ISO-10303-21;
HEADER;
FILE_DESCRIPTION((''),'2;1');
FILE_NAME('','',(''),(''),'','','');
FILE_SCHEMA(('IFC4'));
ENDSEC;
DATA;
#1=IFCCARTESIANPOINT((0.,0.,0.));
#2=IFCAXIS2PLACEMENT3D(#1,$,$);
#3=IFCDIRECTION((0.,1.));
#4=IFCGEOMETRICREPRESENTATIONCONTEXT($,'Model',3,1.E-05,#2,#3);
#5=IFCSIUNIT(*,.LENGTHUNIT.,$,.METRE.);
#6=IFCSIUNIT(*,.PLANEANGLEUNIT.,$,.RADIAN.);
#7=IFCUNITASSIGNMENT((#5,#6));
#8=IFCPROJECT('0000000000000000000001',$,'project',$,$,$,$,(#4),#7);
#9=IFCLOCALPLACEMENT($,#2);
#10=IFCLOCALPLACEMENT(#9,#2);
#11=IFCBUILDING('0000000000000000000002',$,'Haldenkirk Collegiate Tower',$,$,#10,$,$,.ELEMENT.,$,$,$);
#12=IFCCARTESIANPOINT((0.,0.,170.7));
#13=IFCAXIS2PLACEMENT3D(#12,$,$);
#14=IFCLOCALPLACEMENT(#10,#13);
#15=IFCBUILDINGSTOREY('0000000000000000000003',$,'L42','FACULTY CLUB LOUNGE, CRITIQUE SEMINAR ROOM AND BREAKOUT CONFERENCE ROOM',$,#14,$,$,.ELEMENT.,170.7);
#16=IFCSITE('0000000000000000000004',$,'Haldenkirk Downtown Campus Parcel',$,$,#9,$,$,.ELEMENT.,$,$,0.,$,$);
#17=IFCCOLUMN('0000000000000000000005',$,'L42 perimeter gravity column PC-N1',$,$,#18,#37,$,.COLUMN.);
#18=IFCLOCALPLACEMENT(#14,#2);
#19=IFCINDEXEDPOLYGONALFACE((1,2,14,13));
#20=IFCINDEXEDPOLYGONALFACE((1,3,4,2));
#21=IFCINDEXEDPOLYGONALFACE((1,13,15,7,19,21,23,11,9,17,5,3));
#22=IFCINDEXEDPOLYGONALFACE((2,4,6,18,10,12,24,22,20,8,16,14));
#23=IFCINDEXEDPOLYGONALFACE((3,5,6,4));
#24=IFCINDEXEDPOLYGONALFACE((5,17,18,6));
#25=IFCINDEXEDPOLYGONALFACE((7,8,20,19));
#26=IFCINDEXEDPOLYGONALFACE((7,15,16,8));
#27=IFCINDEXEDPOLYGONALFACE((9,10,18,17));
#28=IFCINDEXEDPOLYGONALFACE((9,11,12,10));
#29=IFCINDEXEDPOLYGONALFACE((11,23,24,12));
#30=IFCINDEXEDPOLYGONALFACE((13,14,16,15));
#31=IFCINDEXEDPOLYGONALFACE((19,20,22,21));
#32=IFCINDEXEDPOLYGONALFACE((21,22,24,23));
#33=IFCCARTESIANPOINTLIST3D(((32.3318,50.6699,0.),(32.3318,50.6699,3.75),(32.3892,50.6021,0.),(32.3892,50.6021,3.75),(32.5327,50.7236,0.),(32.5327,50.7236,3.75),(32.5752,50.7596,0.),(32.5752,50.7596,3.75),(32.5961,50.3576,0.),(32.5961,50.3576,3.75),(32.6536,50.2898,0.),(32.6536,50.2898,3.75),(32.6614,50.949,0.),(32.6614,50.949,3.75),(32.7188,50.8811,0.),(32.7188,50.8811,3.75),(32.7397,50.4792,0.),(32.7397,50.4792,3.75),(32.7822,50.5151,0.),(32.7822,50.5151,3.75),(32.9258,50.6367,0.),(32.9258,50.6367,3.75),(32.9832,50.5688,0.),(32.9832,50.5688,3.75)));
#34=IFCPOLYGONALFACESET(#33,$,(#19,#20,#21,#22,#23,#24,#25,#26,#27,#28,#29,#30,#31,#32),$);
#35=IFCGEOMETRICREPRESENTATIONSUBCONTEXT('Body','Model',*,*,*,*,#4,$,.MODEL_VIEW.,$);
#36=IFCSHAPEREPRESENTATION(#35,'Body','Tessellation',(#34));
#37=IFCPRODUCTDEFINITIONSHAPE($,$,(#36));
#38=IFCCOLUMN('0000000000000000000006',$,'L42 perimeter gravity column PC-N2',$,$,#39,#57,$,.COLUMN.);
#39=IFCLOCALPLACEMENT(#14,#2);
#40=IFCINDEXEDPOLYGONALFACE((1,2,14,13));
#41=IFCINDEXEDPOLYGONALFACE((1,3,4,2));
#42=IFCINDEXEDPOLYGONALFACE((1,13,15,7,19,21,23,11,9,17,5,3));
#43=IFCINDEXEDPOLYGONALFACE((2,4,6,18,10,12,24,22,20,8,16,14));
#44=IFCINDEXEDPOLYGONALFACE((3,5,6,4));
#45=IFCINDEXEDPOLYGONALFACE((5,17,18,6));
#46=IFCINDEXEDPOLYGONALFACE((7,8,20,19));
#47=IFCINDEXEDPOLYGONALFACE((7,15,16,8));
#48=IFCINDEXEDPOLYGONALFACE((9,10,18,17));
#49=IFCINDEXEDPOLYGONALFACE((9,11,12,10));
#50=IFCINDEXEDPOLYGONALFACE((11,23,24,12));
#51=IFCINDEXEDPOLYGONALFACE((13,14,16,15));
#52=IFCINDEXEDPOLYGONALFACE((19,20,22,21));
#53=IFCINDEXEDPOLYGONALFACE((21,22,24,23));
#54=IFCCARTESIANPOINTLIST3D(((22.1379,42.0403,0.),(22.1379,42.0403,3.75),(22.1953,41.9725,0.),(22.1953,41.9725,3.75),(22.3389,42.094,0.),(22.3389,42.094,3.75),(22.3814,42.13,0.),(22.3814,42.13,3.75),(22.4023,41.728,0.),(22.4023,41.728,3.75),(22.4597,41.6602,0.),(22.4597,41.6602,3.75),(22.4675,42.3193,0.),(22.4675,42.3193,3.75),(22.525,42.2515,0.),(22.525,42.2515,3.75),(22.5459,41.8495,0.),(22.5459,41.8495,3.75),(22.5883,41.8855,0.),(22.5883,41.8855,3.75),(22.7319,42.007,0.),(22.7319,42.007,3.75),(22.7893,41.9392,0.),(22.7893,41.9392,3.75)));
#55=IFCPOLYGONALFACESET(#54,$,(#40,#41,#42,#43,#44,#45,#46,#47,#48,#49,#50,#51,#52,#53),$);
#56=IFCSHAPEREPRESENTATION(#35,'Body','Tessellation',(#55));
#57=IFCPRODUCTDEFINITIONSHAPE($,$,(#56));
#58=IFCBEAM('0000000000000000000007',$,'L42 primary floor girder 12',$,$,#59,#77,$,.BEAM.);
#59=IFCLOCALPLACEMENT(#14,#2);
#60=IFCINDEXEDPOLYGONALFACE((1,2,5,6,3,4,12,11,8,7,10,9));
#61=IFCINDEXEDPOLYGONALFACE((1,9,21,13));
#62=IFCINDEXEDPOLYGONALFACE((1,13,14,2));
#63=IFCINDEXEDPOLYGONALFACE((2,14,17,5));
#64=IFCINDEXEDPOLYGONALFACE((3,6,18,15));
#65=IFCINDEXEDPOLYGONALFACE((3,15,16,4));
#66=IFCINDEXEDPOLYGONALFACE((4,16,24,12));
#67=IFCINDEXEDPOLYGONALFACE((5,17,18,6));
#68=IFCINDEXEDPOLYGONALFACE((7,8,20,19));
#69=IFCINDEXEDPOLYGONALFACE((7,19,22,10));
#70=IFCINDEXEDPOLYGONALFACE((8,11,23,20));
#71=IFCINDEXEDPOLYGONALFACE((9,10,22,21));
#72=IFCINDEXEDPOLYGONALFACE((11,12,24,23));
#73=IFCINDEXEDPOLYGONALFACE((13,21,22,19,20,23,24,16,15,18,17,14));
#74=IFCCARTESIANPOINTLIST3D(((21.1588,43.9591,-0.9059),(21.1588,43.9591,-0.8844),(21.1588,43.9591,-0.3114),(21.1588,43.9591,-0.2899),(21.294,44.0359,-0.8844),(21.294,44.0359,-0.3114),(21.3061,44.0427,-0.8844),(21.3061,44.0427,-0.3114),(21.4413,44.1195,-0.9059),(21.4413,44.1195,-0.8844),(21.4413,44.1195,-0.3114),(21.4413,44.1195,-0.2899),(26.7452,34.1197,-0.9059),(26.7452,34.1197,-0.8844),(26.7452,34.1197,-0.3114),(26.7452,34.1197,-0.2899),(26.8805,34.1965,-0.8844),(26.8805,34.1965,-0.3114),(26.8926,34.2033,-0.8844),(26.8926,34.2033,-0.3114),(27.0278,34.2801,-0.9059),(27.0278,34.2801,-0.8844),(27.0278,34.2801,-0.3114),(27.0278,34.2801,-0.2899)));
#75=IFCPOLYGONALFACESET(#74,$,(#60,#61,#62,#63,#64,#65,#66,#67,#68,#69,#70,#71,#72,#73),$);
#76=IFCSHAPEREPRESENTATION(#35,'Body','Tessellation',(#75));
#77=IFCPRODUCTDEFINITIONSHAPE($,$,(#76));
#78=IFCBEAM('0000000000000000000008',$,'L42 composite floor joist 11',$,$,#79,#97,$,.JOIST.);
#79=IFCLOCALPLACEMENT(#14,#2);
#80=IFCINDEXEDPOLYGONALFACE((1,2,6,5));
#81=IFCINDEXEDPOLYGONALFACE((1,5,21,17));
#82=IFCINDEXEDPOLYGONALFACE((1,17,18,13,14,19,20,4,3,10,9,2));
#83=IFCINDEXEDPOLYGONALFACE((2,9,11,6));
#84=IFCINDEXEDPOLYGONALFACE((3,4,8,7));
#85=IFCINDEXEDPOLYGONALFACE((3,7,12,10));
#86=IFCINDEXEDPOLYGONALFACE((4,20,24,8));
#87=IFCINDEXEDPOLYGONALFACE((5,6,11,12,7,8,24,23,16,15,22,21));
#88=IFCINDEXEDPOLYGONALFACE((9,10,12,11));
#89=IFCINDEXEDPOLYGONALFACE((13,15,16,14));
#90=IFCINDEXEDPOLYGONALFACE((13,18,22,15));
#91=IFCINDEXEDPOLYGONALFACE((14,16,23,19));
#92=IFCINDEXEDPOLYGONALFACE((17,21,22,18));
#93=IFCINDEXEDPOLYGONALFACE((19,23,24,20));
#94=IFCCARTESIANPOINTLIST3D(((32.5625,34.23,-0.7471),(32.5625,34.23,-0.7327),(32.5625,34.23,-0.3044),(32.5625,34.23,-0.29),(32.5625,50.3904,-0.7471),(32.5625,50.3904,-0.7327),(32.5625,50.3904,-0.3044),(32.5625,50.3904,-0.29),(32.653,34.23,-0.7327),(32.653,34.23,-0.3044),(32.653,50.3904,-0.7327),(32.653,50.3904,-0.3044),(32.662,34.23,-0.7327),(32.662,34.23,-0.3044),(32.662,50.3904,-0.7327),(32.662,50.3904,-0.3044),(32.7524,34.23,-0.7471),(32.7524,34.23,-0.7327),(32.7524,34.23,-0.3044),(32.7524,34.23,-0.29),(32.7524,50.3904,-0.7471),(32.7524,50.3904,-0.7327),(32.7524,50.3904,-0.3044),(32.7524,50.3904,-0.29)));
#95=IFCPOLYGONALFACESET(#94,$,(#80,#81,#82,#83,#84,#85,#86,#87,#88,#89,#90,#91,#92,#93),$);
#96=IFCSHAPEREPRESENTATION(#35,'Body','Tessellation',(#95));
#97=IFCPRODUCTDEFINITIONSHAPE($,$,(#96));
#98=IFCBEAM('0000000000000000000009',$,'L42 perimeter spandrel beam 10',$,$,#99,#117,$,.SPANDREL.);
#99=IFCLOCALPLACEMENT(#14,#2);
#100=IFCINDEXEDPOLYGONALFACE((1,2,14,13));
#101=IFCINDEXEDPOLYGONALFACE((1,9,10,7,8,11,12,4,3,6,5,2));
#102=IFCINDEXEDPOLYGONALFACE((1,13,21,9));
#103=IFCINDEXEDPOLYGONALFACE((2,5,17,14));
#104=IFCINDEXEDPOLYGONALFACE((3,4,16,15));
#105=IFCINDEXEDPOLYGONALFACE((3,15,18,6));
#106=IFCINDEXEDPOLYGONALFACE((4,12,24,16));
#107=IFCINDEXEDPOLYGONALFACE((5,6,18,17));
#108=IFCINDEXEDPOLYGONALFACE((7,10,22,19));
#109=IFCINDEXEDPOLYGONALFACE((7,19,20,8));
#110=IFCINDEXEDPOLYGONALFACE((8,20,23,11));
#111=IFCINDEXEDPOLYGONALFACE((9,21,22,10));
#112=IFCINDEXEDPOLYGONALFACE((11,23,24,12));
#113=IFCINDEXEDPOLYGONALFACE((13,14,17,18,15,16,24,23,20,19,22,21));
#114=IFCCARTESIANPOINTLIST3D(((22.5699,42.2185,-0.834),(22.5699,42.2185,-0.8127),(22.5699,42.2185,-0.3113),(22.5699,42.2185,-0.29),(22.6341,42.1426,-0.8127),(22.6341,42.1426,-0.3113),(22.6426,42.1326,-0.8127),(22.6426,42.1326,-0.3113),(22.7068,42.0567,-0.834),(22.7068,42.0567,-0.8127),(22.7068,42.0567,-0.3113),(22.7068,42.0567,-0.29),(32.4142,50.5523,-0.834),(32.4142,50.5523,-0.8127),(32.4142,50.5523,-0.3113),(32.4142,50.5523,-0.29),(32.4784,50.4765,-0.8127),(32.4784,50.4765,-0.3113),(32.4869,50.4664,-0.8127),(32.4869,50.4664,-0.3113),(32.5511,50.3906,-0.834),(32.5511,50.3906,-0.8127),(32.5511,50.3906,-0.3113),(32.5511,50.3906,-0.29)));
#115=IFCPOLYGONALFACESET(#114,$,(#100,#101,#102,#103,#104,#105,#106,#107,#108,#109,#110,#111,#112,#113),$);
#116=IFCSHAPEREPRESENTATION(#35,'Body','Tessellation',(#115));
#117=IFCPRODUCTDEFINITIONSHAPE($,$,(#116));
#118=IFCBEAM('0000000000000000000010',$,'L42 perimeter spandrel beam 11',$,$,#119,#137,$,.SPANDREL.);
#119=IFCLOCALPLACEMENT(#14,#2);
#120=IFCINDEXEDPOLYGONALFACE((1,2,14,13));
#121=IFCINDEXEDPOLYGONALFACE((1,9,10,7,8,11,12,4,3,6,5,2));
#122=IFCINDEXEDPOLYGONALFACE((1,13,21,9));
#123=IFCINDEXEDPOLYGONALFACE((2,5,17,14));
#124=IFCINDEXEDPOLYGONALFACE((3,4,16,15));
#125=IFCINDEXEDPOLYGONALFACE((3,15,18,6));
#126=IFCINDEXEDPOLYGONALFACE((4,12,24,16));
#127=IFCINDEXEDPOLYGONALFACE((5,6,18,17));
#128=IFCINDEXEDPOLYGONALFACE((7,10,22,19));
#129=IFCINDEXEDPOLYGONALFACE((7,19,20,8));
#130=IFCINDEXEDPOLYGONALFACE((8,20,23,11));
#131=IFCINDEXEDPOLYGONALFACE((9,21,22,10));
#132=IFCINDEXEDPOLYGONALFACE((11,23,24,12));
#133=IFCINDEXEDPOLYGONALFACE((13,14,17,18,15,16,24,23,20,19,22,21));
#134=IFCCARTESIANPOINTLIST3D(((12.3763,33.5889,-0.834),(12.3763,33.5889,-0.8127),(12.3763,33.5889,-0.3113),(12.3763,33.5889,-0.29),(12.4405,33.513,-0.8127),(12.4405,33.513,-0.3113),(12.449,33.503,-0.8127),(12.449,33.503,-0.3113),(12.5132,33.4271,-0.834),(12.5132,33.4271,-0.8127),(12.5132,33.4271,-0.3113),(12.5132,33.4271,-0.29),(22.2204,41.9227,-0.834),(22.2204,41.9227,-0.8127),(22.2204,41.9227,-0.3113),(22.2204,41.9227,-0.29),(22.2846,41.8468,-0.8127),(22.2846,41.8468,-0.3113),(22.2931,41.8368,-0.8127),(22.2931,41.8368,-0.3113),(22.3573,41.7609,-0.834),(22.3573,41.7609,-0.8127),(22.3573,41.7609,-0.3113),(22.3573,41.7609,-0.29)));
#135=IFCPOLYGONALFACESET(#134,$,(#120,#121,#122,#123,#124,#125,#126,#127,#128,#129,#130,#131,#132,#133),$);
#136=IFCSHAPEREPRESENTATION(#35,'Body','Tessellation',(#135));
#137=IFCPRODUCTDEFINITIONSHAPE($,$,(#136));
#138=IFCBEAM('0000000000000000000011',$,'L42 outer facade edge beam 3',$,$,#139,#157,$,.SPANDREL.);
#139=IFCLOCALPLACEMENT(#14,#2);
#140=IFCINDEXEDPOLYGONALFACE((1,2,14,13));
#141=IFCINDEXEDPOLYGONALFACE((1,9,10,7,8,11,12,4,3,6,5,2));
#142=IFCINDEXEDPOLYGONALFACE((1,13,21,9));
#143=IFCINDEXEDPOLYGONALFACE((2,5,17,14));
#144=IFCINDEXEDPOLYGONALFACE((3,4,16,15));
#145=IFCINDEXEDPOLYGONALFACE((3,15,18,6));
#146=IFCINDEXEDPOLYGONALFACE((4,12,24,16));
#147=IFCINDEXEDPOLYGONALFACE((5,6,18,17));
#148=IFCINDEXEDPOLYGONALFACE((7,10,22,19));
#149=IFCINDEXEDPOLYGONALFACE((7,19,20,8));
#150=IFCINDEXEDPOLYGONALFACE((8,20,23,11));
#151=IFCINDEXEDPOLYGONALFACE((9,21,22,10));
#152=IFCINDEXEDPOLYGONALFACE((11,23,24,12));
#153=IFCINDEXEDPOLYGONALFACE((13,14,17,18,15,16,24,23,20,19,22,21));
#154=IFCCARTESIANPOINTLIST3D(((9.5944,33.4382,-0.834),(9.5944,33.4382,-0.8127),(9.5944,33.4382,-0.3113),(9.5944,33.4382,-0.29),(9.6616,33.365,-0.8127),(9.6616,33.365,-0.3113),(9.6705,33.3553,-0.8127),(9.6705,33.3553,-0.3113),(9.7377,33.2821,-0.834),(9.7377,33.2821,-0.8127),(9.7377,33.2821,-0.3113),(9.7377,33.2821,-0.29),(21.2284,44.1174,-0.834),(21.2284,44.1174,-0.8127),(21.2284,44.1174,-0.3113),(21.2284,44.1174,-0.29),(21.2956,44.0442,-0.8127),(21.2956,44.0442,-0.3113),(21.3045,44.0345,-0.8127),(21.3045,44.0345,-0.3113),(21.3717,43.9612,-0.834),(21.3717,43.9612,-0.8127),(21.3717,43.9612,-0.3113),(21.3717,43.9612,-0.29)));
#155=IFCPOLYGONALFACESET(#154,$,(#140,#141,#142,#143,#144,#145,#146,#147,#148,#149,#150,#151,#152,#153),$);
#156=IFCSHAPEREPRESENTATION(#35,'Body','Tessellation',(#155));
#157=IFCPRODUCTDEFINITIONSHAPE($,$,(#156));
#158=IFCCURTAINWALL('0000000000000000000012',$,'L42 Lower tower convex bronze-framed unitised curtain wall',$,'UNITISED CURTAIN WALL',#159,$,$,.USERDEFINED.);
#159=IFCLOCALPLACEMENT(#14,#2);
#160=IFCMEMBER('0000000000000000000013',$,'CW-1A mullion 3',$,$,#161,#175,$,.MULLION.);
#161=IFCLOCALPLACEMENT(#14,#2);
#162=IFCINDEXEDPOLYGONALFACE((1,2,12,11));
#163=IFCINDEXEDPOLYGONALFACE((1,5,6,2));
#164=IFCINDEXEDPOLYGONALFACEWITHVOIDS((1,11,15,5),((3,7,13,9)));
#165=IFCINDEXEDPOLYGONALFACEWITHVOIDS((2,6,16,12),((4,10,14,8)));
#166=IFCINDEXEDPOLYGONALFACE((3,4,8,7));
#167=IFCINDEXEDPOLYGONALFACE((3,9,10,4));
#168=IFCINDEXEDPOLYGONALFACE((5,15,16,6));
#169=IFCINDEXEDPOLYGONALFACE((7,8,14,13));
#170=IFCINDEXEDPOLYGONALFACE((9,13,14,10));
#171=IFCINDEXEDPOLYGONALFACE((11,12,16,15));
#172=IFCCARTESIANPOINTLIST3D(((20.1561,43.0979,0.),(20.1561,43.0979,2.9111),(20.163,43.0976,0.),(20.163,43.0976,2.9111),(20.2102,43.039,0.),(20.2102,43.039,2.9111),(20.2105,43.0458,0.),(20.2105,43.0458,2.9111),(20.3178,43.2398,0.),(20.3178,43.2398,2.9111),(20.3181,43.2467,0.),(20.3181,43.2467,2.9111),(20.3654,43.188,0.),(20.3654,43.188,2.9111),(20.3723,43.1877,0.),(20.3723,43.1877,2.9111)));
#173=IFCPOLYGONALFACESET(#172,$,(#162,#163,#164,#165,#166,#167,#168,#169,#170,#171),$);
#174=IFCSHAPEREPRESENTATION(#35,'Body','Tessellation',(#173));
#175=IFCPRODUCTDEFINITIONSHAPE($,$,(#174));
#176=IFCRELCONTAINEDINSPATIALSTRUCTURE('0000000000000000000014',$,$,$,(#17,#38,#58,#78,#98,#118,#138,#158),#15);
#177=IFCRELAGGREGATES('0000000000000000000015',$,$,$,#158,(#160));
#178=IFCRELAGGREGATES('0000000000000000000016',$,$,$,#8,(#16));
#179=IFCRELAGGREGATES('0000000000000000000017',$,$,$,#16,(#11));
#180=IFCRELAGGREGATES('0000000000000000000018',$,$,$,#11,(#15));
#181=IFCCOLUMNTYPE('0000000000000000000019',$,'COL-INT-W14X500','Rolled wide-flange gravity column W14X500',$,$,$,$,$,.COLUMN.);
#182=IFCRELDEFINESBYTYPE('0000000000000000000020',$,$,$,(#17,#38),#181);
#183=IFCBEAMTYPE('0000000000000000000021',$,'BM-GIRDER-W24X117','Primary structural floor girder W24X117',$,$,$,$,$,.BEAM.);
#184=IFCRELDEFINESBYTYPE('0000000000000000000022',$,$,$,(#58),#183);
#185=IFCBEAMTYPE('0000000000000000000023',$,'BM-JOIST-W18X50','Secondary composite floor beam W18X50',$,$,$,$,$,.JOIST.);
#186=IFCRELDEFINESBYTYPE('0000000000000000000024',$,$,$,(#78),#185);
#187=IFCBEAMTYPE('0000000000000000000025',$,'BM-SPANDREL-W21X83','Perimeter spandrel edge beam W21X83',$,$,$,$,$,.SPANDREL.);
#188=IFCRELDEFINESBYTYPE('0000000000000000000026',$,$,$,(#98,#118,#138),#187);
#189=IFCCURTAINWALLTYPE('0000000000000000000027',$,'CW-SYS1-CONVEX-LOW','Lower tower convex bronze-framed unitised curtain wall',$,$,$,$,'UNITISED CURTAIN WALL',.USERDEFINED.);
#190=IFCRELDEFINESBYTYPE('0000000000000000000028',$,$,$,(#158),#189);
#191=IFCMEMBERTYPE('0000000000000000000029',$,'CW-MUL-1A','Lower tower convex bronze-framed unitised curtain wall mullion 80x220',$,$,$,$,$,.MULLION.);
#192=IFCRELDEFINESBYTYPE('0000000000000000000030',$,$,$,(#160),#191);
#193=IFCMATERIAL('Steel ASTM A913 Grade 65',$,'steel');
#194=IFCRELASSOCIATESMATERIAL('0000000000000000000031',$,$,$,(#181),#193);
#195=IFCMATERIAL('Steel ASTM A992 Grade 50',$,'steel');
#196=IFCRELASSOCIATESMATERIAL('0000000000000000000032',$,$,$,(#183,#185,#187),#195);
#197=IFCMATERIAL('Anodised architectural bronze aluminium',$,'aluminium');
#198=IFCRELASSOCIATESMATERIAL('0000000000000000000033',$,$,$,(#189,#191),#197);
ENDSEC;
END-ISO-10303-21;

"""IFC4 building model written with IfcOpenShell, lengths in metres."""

from ifc_helpers import new_model, si_unit, direction, frame, origin, origin_2d, place, context, subcontext, project, spatial, hollow_rectangle, i_section, extrude, material, material_profile, profile_set, type_object, element, aggregate, save


model = new_model("IFC4")

# Units and contexts
model_context = context("Model", 3, precision=1e-05, world=origin(), true_north=direction((0.0, 1.0)))
body_context = subcontext(model_context, "Body", "Model", "MODEL_VIEW")
ifc_project = project(units=[si_unit("LENGTHUNIT", "METRE"), si_unit("PLANEANGLEUNIT", "RADIAN")], contexts=[model_context])

# Site, building, storey
site_placement = place(None, origin())
site = spatial("IfcSite", under=ifc_project, at=site_placement, Name="Haldenkirk Downtown Campus Parcel", CompositionType="ELEMENT", RefElevation=0.0)
building_placement = place(site_placement, origin())
building = spatial("IfcBuilding", under=site, at=building_placement, Name="Haldenkirk Collegiate Tower", CompositionType="ELEMENT")
storey_placement = place(building_placement, frame((0.0, 0.0, 170.7)))
storey = spatial("IfcBuildingStorey", under=building, at=storey_placement, Name="L42", Description="FACULTY CLUB LOUNGE, CRITIQUE SEMINAR ROOM AND BREAKOUT CONFERENCE ROOM", CompositionType="ELEMENT", Elevation=170.7)

# Columns
ifc_material_1 = material(Name="Steel ASTM A913 Grade 65", Category="steel")
ifc_material_profile_1 = material_profile(ifc_material_1, i_section(OverallWidth=0.4319, OverallDepth=0.498, WebThickness=0.0557, FlangeThickness=0.0889, at=origin_2d()), Name="W14X500")
ifc_profile_set_1 = profile_set([ifc_material_profile_1], Name="Steel ASTM A913 Grade 65")
column_type = type_object("IfcColumnType", Name="COL-INT-W14X500", Description="Rolled wide-flange gravity column W14X500", PredefinedType="COLUMN", material=ifc_profile_set_1)
for number, where, z_axis, x_axis, name in (
    (1, (32.6575, 50.6194, 0.0), (0.0, 0.0, 1.0), (0.763232, 0.646124, 0.0), "L42 perimeter gravity column PC-N1"),
    (2, (22.4636, 41.9897, 0.0), (0.0, 0.0, 1.0), (0.763232, 0.646124, 0.0), "L42 perimeter gravity column PC-N2"),
):
    element("IfcColumn", number, at=place(storey_placement, frame(where, z_axis=z_axis, x_axis=x_axis)), inside=storey, type_object=column_type, Name=name, PredefinedType="COLUMN", context=body_context, shape_type="SweptSolid", body=[
        extrude(i_section(OverallWidth=0.4319, OverallDepth=0.498, WebThickness=0.0557, FlangeThickness=0.0889, at=origin_2d()), origin(), (0.0, 0.0, 1.0), 3.75),
    ])

# Beams
ifc_material_2 = material(Name="Steel ASTM A992 Grade 50", Category="steel")
ifc_material_profile_2 = material_profile(ifc_material_2, i_section(OverallWidth=0.325, OverallDepth=0.616, WebThickness=0.0139, FlangeThickness=0.0215, at=origin_2d()), Name="W24X117")
ifc_profile_set_2 = profile_set([ifc_material_profile_2], Name="Steel ASTM A992 Grade 50")
beam_type_1 = type_object("IfcBeamType", Name="BM-GIRDER-W24X117", Description="Primary structural floor girder W24X117", PredefinedType="BEAM", material=ifc_profile_set_2)
beam_1_placement = place(storey_placement, frame((21.3, 44.0393, -0.5979), z_axis=(0.493734, -0.869613, 0.0), x_axis=(0.869613, 0.493734, 0.0)))
element("IfcBeam", 3, at=beam_1_placement, inside=storey, type_object=beam_type_1, Name="L42 primary floor girder 12", PredefinedType="BEAM", context=body_context, shape_type="SweptSolid", body=[
    extrude(i_section(OverallWidth=0.325, OverallDepth=0.616, WebThickness=0.0139, FlangeThickness=0.0215, at=origin_2d()), origin(), (0.0, 0.0, 1.0), 11.3147),
])
ifc_material_profile_3 = material_profile(ifc_material_2, i_section(OverallWidth=0.1899, OverallDepth=0.457, WebThickness=0.009, FlangeThickness=0.0144, at=origin_2d()), Name="W18X50")
ifc_profile_set_3 = profile_set([ifc_material_profile_3], Name="Steel ASTM A992 Grade 50")
beam_type_2 = type_object("IfcBeamType", Name="BM-JOIST-W18X50", Description="Secondary composite floor beam W18X50", PredefinedType="JOIST", material=ifc_profile_set_3)
beam_2_placement = place(storey_placement, frame((32.6575, 50.3904, -0.5186), z_axis=(0.0, -1.0, 0.0), x_axis=(1.0, 0.0, 0.0)))
element("IfcBeam", 4, at=beam_2_placement, inside=storey, type_object=beam_type_2, Name="L42 composite floor joist 11", PredefinedType="JOIST", context=body_context, shape_type="SweptSolid", body=[
    extrude(i_section(OverallWidth=0.1899, OverallDepth=0.457, WebThickness=0.009, FlangeThickness=0.0144, at=origin_2d()), origin(), (0.0, 0.0, 1.0), 16.1604),
])
ifc_material_profile_4 = material_profile(ifc_material_2, i_section(OverallWidth=0.2119, OverallDepth=0.5439, WebThickness=0.0132, FlangeThickness=0.0212, at=origin_2d()), Name="W21X83")
ifc_profile_set_4 = profile_set([ifc_material_profile_4], Name="Steel ASTM A992 Grade 50")
beam_type_3 = type_object("IfcBeamType", Name="BM-SPANDREL-W21X83", Description="Perimeter spandrel edge beam W21X83", PredefinedType="SPANDREL", material=ifc_profile_set_4)
beam_3_placement = place(storey_placement, frame((32.4827, 50.4714, -0.562), z_axis=(-0.763233, -0.646123, 0.0), x_axis=(0.646123, -0.763233, 0.0)))
element("IfcBeam", 5, at=beam_3_placement, inside=storey, type_object=beam_type_3, Name="L42 perimeter spandrel beam 10", PredefinedType="SPANDREL", context=body_context, shape_type="SweptSolid", body=[
    extrude(i_section(OverallWidth=0.2119, OverallDepth=0.5439, WebThickness=0.0132, FlangeThickness=0.0212, at=origin_2d()), origin(), (0.0, 0.0, 1.0), 12.8982),
])
beam_4_placement = place(storey_placement, frame((22.2888, 41.8418, -0.562), z_axis=(-0.763225, -0.646132, 0.0), x_axis=(0.646132, -0.763225, 0.0)))
element("IfcBeam", 6, at=beam_4_placement, inside=storey, type_object=beam_type_3, Name="L42 perimeter spandrel beam 11", PredefinedType="SPANDREL", context=body_context, shape_type="SweptSolid", body=[
    extrude(i_section(OverallWidth=0.2119, OverallDepth=0.5439, WebThickness=0.0132, FlangeThickness=0.0212, at=origin_2d()), origin(), (0.0, 0.0, 1.0), 12.8979),
])
beam_5_placement = place(storey_placement, frame((21.3, 44.0393, -0.562), z_axis=(-0.736691, -0.676229, 0.0), x_axis=(0.676229, -0.736691, 0.0)))
element("IfcBeam", 7, at=beam_5_placement, inside=storey, type_object=beam_type_3, Name="L42 outer facade edge beam 3", PredefinedType="SPANDREL", context=body_context, shape_type="SweptSolid", body=[
    extrude(i_section(OverallWidth=0.2119, OverallDepth=0.5439, WebThickness=0.0132, FlangeThickness=0.0212, at=origin_2d()), origin(), (0.0, 0.0, 1.0), 15.7922),
])

# Curtain wall, member
ifc_material_3 = material(Name="Anodised architectural bronze aluminium", Category="aluminium")
curtain_wall_type = type_object("IfcCurtainWallType", Name="CW-SYS1-CONVEX-LOW", Description="Lower tower convex bronze-framed unitised curtain wall", ElementType="UNITISED CURTAIN WALL", PredefinedType="USERDEFINED", material=ifc_material_3)
curtain_wall_placement = place(storey_placement, origin())
curtain_wall = element("IfcCurtainWall", 8, at=curtain_wall_placement, inside=storey, type_object=curtain_wall_type, Name="L42 Lower tower convex bronze-framed unitised curtain wall", ObjectType="UNITISED CURTAIN WALL", PredefinedType="USERDEFINED")
ifc_material_profile_5 = material_profile(ifc_material_3, hollow_rectangle(XDim=0.0801, YDim=0.22, WallThickness=0.0049, at=origin_2d()), Name="CW-MUL-1A")
ifc_profile_set_5 = profile_set([ifc_material_profile_5], Name="Anodised architectural bronze aluminium")
member_type_1 = type_object("IfcMemberType", Name="CW-MUL-1A", Description="Lower tower convex bronze-framed unitised curtain wall mullion 80x220", PredefinedType="MULLION", material=ifc_profile_set_5)
member_1_placement = place(storey_placement, frame((20.2642, 43.1428, 0.0), z_axis=(0.0, 0.0, 1.0), x_axis=(-0.676232, 0.736688, 0.0)))
member_1 = element("IfcMember", 9, at=member_1_placement, type_object=member_type_1, Name="CW-1A mullion 3", PredefinedType="MULLION", context=body_context, shape_type="SweptSolid", body=[
    extrude(hollow_rectangle(XDim=0.0801, YDim=0.22, WallThickness=0.0049, at=origin_2d()), origin(), (0.0, 0.0, 1.0), 2.9111),
])
aggregate(curtain_wall, [member_1])

save(model, "model.ifc")
